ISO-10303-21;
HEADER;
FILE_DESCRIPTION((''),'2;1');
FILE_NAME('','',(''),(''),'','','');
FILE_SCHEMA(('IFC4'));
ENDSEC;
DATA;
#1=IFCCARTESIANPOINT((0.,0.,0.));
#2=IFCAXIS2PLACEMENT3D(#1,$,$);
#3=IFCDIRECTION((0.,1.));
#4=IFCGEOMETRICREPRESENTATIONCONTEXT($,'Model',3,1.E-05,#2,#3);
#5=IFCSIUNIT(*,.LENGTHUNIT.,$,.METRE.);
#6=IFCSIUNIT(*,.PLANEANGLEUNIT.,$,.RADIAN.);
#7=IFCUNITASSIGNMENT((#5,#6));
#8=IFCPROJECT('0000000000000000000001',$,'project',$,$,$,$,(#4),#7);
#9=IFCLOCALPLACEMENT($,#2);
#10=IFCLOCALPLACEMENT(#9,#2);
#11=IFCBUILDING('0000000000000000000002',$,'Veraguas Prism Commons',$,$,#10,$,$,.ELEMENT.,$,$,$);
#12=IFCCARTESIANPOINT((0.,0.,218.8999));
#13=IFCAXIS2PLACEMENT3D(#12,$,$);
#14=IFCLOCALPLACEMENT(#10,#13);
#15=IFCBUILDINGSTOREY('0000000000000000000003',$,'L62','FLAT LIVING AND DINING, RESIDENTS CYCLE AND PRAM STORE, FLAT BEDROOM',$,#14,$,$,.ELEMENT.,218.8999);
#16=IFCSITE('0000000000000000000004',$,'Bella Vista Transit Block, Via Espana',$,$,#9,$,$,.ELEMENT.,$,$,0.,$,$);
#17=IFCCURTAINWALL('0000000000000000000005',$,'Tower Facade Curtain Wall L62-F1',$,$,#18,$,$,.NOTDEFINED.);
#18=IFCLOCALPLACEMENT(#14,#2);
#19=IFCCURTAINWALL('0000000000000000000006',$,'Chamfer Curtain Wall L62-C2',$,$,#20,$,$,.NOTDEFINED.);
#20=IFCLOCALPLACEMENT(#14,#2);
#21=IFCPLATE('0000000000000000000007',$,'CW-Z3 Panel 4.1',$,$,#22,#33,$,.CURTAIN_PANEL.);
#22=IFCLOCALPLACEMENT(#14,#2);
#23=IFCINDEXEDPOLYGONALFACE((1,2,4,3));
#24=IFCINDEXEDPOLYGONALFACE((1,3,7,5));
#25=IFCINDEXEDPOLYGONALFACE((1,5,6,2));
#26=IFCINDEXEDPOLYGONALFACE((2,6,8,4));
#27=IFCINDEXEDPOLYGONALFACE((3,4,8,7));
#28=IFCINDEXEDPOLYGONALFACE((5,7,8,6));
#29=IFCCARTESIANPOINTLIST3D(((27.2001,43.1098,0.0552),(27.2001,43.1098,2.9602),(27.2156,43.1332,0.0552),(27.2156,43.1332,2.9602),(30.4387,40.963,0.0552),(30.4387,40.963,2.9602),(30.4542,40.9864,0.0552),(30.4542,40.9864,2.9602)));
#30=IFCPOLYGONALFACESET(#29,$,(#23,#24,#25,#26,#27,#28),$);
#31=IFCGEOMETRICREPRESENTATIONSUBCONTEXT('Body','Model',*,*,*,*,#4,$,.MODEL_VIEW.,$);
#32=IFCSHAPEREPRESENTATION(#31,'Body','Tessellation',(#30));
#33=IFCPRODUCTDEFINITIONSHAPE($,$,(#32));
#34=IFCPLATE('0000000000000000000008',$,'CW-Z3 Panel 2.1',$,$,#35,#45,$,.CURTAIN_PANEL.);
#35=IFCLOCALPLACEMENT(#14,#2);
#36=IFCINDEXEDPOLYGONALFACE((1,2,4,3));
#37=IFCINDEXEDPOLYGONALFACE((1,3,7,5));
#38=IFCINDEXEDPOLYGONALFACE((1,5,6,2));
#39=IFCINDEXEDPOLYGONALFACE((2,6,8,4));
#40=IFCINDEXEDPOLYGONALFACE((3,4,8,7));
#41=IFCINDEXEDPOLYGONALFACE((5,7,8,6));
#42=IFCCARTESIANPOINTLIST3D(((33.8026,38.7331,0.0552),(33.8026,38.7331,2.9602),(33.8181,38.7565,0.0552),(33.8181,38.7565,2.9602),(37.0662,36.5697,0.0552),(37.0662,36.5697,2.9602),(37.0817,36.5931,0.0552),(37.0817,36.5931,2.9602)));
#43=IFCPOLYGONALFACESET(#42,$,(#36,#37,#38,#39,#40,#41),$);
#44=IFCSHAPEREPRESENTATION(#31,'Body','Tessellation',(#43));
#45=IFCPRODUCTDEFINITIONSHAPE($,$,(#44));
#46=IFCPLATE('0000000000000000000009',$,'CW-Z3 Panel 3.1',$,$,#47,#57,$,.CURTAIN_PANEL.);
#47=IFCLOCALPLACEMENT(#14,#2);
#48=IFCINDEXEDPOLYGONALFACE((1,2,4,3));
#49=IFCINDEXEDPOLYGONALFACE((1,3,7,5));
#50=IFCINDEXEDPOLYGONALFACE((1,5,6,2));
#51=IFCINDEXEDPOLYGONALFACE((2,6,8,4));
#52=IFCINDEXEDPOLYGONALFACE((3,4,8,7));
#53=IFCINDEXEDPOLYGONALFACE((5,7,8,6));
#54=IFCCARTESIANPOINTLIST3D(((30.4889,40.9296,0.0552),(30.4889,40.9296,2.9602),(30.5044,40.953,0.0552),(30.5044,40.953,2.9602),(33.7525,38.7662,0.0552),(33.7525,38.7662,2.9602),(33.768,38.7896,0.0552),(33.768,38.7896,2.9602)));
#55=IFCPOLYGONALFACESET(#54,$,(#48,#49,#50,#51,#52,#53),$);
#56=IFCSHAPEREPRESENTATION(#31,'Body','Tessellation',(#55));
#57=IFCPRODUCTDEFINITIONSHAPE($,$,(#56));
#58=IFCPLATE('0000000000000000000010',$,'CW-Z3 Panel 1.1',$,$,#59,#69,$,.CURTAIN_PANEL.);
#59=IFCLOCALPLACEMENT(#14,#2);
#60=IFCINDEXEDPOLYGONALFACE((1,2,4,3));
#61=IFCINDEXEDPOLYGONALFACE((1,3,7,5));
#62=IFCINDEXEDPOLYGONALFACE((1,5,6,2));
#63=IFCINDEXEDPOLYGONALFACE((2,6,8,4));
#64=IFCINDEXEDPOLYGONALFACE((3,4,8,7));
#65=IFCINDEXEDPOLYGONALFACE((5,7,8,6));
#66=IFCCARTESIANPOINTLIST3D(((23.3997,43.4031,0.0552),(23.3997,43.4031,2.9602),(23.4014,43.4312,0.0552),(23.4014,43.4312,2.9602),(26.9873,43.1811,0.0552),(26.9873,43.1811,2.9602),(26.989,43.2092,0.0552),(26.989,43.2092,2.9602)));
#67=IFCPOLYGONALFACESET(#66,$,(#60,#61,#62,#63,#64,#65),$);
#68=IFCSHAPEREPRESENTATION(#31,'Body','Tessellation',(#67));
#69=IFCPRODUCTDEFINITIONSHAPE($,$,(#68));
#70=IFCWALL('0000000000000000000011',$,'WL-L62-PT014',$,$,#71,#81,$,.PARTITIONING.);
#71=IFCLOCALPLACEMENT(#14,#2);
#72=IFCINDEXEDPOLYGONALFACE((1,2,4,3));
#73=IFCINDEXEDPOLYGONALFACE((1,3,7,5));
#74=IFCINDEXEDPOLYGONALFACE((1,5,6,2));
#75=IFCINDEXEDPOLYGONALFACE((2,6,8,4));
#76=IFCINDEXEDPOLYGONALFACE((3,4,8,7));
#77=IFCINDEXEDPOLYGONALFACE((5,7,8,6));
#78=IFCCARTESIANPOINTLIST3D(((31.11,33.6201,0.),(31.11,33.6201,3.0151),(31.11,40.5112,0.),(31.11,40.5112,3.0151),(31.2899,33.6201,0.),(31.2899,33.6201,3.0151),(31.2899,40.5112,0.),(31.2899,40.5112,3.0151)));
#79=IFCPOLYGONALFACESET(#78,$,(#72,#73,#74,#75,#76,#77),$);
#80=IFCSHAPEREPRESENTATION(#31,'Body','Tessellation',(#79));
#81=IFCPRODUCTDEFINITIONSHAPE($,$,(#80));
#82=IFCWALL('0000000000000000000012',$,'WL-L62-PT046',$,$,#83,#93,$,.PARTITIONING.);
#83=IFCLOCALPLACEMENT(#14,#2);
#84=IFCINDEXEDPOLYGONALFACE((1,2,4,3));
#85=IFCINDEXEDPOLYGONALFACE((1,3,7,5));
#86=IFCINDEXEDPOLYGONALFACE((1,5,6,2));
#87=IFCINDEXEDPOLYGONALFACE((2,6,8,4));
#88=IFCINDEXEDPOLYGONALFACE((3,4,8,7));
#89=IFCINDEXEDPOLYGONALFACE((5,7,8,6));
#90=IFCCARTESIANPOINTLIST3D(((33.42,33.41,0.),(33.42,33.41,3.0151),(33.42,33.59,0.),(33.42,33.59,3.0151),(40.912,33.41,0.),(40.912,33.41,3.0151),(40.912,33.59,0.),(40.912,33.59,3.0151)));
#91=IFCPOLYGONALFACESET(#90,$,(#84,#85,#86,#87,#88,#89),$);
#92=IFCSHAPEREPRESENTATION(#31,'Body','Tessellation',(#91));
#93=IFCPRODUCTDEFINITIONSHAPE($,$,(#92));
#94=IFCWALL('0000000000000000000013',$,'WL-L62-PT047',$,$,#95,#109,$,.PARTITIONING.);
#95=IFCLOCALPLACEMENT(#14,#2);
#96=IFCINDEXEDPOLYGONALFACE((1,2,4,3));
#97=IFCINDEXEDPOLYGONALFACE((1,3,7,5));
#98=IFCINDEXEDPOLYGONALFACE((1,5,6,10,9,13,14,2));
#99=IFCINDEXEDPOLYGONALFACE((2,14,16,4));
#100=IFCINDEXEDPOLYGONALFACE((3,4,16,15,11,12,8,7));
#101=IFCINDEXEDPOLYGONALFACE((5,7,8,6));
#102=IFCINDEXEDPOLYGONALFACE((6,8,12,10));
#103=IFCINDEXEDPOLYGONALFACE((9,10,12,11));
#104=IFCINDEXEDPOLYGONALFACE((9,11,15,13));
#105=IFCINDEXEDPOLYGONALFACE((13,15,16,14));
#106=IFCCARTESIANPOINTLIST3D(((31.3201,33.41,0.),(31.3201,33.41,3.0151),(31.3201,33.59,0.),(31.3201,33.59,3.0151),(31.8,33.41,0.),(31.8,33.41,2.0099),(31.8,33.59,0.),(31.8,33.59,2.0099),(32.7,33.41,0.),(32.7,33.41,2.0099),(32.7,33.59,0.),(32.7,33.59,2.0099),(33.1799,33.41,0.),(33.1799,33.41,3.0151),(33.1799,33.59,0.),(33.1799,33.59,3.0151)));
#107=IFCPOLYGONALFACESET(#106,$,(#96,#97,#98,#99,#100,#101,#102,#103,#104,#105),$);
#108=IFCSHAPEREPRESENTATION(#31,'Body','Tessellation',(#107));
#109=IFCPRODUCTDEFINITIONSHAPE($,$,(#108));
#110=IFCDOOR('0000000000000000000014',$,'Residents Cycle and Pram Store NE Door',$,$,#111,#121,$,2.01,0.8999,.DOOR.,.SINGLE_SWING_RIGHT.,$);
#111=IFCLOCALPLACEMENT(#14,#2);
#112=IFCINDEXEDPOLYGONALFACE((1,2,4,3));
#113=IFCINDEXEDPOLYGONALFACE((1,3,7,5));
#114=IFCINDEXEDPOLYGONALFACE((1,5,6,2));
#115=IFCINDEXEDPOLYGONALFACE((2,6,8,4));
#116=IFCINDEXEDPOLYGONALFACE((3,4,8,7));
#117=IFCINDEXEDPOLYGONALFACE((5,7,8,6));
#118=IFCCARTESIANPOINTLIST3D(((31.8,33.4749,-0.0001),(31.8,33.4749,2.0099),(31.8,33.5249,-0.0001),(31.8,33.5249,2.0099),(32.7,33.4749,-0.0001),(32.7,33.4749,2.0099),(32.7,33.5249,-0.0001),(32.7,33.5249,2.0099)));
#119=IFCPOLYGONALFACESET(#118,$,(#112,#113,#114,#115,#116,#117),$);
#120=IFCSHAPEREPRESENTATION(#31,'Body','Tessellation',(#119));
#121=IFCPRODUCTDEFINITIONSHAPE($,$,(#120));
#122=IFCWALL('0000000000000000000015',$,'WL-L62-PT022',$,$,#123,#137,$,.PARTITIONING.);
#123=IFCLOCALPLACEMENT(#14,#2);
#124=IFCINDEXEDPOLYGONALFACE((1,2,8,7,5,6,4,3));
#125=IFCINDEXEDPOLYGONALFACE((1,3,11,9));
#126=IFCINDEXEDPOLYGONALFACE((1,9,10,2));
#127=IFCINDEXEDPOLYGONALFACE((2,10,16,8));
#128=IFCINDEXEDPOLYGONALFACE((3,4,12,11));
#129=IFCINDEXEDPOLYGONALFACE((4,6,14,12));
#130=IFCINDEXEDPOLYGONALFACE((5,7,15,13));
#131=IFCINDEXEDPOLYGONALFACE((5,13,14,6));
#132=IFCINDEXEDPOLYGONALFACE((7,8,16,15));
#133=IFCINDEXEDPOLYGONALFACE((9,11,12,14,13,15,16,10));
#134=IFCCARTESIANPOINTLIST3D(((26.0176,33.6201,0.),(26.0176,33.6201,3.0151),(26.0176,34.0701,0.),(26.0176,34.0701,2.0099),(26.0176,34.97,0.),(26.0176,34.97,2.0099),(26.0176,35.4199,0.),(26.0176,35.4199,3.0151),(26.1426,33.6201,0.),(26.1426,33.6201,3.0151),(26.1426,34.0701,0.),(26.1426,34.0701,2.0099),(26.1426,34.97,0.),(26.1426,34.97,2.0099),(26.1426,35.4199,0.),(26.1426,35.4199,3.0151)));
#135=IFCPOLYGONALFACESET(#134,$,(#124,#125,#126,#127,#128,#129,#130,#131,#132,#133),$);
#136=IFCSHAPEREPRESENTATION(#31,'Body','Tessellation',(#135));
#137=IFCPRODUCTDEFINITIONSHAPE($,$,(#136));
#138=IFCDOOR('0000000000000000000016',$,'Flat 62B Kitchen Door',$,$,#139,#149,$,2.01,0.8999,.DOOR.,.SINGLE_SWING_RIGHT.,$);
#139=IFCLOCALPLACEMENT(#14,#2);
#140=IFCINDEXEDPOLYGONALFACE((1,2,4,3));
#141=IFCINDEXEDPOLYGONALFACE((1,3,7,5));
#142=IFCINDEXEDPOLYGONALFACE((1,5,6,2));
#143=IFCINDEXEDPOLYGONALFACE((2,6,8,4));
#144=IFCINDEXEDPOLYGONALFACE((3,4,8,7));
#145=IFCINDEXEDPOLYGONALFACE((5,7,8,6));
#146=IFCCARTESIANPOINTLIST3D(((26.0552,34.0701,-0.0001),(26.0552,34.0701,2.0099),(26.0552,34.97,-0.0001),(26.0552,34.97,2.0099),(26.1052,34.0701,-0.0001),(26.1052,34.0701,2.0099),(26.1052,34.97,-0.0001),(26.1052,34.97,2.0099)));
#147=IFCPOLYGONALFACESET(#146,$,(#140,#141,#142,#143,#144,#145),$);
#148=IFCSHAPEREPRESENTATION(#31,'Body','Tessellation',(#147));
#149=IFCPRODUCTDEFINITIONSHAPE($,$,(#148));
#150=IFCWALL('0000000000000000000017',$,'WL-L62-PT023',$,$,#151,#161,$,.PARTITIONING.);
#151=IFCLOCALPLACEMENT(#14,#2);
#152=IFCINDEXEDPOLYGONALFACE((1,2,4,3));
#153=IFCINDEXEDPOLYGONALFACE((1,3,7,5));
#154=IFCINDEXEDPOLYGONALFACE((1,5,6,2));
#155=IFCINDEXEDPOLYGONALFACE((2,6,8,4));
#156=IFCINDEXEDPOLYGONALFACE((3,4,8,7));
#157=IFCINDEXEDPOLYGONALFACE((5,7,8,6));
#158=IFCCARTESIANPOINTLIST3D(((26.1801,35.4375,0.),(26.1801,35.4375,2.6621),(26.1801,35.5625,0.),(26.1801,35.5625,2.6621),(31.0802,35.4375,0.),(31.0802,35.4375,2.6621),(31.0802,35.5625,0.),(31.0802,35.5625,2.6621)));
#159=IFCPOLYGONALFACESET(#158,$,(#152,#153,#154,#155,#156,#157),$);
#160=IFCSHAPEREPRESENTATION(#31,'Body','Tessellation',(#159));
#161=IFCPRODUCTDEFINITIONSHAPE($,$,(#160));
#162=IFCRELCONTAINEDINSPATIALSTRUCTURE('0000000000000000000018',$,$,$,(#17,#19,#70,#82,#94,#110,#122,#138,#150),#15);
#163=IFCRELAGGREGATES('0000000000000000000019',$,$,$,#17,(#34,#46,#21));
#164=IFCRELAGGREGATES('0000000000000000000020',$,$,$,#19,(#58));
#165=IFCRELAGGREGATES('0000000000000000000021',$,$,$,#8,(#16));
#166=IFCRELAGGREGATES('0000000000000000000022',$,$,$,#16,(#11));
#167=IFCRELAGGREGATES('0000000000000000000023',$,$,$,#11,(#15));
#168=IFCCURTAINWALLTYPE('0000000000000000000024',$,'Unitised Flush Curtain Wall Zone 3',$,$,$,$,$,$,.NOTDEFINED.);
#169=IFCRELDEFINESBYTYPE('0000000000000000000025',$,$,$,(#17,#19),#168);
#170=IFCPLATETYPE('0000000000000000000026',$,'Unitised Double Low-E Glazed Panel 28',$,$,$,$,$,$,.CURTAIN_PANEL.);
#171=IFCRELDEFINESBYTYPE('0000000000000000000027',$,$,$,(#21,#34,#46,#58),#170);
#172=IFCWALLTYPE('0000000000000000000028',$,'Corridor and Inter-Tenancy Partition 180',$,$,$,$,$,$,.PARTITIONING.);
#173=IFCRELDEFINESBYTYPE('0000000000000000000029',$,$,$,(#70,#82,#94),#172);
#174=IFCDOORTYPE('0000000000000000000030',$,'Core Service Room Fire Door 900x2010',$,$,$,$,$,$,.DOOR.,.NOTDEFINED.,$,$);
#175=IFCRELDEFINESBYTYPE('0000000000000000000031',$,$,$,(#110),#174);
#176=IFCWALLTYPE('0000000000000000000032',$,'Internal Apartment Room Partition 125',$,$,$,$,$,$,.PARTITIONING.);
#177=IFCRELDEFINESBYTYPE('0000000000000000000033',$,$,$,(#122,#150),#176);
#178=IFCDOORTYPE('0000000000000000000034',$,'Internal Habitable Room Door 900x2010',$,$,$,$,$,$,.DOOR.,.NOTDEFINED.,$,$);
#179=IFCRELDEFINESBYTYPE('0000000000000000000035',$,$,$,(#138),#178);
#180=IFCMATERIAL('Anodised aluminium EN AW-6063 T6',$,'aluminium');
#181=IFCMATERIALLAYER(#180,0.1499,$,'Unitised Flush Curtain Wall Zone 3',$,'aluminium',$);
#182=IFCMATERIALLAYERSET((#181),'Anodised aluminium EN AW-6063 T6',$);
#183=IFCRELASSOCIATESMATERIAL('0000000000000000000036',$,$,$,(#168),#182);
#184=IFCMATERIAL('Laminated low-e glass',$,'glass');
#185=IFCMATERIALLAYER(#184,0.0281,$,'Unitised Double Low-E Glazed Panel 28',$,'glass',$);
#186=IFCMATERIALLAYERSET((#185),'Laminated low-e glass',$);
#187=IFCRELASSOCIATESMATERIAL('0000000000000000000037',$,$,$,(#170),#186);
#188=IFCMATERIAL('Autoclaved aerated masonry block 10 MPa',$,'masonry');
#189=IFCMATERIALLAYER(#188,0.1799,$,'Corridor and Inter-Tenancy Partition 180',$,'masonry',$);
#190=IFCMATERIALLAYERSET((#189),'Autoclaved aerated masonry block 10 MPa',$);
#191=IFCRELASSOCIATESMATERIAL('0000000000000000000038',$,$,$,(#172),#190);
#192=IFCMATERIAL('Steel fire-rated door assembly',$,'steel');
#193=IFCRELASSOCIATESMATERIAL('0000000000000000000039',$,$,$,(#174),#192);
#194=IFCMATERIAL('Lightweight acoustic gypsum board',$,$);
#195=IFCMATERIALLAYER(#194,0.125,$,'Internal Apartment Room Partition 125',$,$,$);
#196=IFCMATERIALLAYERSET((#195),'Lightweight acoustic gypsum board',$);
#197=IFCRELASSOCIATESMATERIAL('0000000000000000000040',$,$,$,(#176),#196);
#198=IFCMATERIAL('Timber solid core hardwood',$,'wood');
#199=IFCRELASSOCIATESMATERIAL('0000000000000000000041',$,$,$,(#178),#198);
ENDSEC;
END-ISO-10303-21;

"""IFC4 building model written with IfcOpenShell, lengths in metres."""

from ifc_helpers import new_model, si_unit, direction, frame, frame_2d, origin, origin_2d, place, context, subcontext, project, spatial, rectangle, extrude, source, transform, mapped, material, layer, layer_set, type_object, element, fill, aggregate, save


model = new_model("IFC4")

# Units and contexts
model_context = context("Model", 3, precision=1e-05, world=origin(), true_north=direction((0.0, 1.0)))
body_context = subcontext(model_context, "Body", "Model", "MODEL_VIEW")
ifc_project = project(units=[si_unit("LENGTHUNIT", "METRE"), si_unit("PLANEANGLEUNIT", "RADIAN")], contexts=[model_context])

# Site, building, storey
site_placement = place(None, origin())
site = spatial("IfcSite", under=ifc_project, at=site_placement, Name="Bella Vista Transit Block, Via Espana", CompositionType="ELEMENT", RefElevation=0.0)
building_placement = place(site_placement, origin())
building = spatial("IfcBuilding", under=site, at=building_placement, Name="Veraguas Prism Commons", CompositionType="ELEMENT")
storey_placement = place(building_placement, frame((0.0, 0.0, 218.8999)))
storey = spatial("IfcBuildingStorey", under=building, at=storey_placement, Name="L62", Description="FLAT LIVING AND DINING, RESIDENTS CYCLE AND PRAM STORE, FLAT BEDROOM", CompositionType="ELEMENT", Elevation=218.8999)

# Curtain walls
ifc_material_1 = material(Name="Anodised aluminium EN AW-6063 T6", Category="aluminium")
ifc_layer_1 = layer(ifc_material_1, 0.1499, Name="Unitised Flush Curtain Wall Zone 3", Category="aluminium")
ifc_layer_set_1 = layer_set([ifc_layer_1], Name="Anodised aluminium EN AW-6063 T6")
curtain_wall_type = type_object("IfcCurtainWallType", Name="Unitised Flush Curtain Wall Zone 3", PredefinedType="NOTDEFINED", material=ifc_layer_set_1)
curtain_wall_1_placement = place(storey_placement, origin())
curtain_wall_1 = element("IfcCurtainWall", 1, at=curtain_wall_1_placement, inside=storey, type_object=curtain_wall_type, Name="Tower Facade Curtain Wall L62-F1", PredefinedType="NOTDEFINED")
curtain_wall_2_placement = place(storey_placement, origin())
curtain_wall_2 = element("IfcCurtainWall", 2, at=curtain_wall_2_placement, inside=storey, type_object=curtain_wall_type, Name="Chamfer Curtain Wall L62-C2", PredefinedType="NOTDEFINED")

# Plates
ifc_material_2 = material(Name="Laminated low-e glass", Category="glass")
ifc_layer_2 = layer(ifc_material_2, 0.0281, Name="Unitised Double Low-E Glazed Panel 28", Category="glass")
ifc_layer_set_2 = layer_set([ifc_layer_2], Name="Laminated low-e glass")
plate_type = type_object("IfcPlateType", Name="Unitised Double Low-E Glazed Panel 28", PredefinedType="CURTAIN_PANEL", material=ifc_layer_set_2)
shared_shape_1 = source(origin(), body_context, "Body", "SweptSolid", [
    extrude(rectangle(XDim=3.8855, YDim=0.0281, at=origin_2d()), origin(), (0.0, 0.0, 1.0), 2.905),
])
plate_1_placement = place(storey_placement, frame((28.8271, 42.0481, 0.0552), z_axis=(0.0, 0.0, 1.0), x_axis=(-0.833503, 0.552515, 0.0)))
plate_1 = element("IfcPlate", 3, at=plate_1_placement, type_object=plate_type, Name="CW-Z3 Panel 4.1", PredefinedType="CURTAIN_PANEL", context=body_context, shape_type="MappedRepresentation", body=[
    mapped(shared_shape_1, transform((0.0, 0.0, 0.0), scale=1.0)),
])
shared_shape_2 = source(origin(), body_context, "Body", "SweptSolid", [
    extrude(rectangle(XDim=3.9155, YDim=0.0281, at=origin_2d()), origin(), (0.0, 0.0, 1.0), 2.905),
])
plate_2_placement = place(storey_placement, frame((35.4421, 37.6631, 0.0552), z_axis=(0.0, 0.0, 1.0), x_axis=(-0.833503, 0.552515, 0.0)))
plate_2 = element("IfcPlate", 4, at=plate_2_placement, type_object=plate_type, Name="CW-Z3 Panel 2.1", PredefinedType="CURTAIN_PANEL", context=body_context, shape_type="MappedRepresentation", body=[
    mapped(shared_shape_2, transform((0.0, 0.0, 0.0), scale=1.0)),
])
plate_3_placement = place(storey_placement, frame((32.1284, 39.8596, 0.0552), z_axis=(0.0, 0.0, 1.0), x_axis=(-0.833503, 0.552515, 0.0)))
plate_3 = element("IfcPlate", 5, at=plate_3_placement, type_object=plate_type, Name="CW-Z3 Panel 3.1", PredefinedType="CURTAIN_PANEL", context=body_context, shape_type="MappedRepresentation", body=[
    mapped(shared_shape_2, transform((0.0, 0.0, 0.0), scale=1.0)),
])
aggregate(curtain_wall_1, [plate_2, plate_3, plate_1])
shared_shape_3 = source(origin(), body_context, "Body", "SweptSolid", [
    extrude(rectangle(XDim=3.5945, YDim=0.0281, at=origin_2d()), origin(), (0.0, 0.0, 1.0), 2.905),
])
plate_4_placement = place(storey_placement, frame((25.1943, 43.3062, 0.0552), z_axis=(0.0, 0.0, 1.0), x_axis=(-0.998091, 0.061759, 0.0)))
plate_4 = element("IfcPlate", 6, at=plate_4_placement, type_object=plate_type, Name="CW-Z3 Panel 1.1", PredefinedType="CURTAIN_PANEL", context=body_context, shape_type="MappedRepresentation", body=[
    mapped(shared_shape_3, transform((0.0, 0.0, 0.0), scale=1.0)),
])
aggregate(curtain_wall_2, [plate_4])

# Walls
ifc_material_3 = material(Name="Autoclaved aerated masonry block 10 MPa", Category="masonry")
ifc_layer_3 = layer(ifc_material_3, 0.1799, Name="Corridor and Inter-Tenancy Partition 180", Category="masonry")
ifc_layer_set_3 = layer_set([ifc_layer_3], Name="Autoclaved aerated masonry block 10 MPa")
wall_type_1 = type_object("IfcWallType", Name="Corridor and Inter-Tenancy Partition 180", PredefinedType="PARTITIONING", material=ifc_layer_set_3)
wall_1_placement = place(storey_placement, frame((31.2, 33.6201, 0.0), z_axis=(0.0, 0.0, 1.0), x_axis=(0.0, 1.0, 0.0)))
element("IfcWall", 7, at=wall_1_placement, inside=storey, type_object=wall_type_1, Name="WL-L62-PT014", PredefinedType="PARTITIONING", context=body_context, shape_type="SweptSolid", body=[
    extrude(rectangle(XDim=6.8911, YDim=0.1799, at=frame_2d((3.4456, 0.0))), origin(), (0.0, 0.0, 1.0), 3.0151),
])
wall_2_placement = place(storey_placement, frame((33.4199, 33.5, 0.0), z_axis=(0.0, 0.0, 1.0), x_axis=(1.0, 0.0, 0.0)))
element("IfcWall", 8, at=wall_2_placement, inside=storey, type_object=wall_type_1, Name="WL-L62-PT046", PredefinedType="PARTITIONING", context=body_context, shape_type="SweptSolid", body=[
    extrude(rectangle(XDim=7.4919, YDim=0.1799, at=frame_2d((3.7461, 0.0))), origin(), (0.0, 0.0, 1.0), 3.0151),
])

# Walls, openings, doors
wall_3_placement = place(storey_placement, frame((31.3201, 33.5, 0.0), z_axis=(0.0, 0.0, 1.0), x_axis=(1.0, 0.0, 0.0)))
wall_3 = element("IfcWall", 9, at=wall_3_placement, inside=storey, type_object=wall_type_1, Name="WL-L62-PT047", PredefinedType="PARTITIONING", context=body_context, shape_type="SweptSolid", body=[
    extrude(rectangle(XDim=1.8599, YDim=0.1799, at=frame_2d((0.9299, 0.0))), origin(), (0.0, 0.0, 1.0), 3.0151),
])
opening_1_placement = place(wall_3_placement, frame((0.48, 0.0, 0.0)))
opening_1 = element("IfcOpeningElement", 10, at=opening_1_placement, cuts=wall_3, PredefinedType="OPENING", context=body_context, shape_type="SweptSolid", body=[
    extrude(rectangle(XDim=0.8999, YDim=2.01, at=frame_2d((0.45, 1.0049))), frame((0.0, 0.0999, 0.0), z_axis=(0.0, -1.0, 0.0), x_axis=(1.0, 0.0, 0.0)), (0.0, 0.0, 1.0), 0.2),
])
ifc_material_4 = material(Name="Steel fire-rated door assembly", Category="steel")
door_type_1 = type_object("IfcDoorType", Name="Core Service Room Fire Door 900x2010", OperationType="NOTDEFINED", PredefinedType="DOOR", material=ifc_material_4)
shared_shape_4 = source(origin(), body_context, "Body", "SweptSolid", [
    extrude(rectangle(XDim=0.8999, YDim=2.01, at=frame_2d((0.45, 1.0049))), frame((0.0, 0.0249, 0.0), z_axis=(0.0, -1.0, 0.0), x_axis=(1.0, 0.0, 0.0)), (0.0, 0.0, 1.0), 0.05),
])
door_1_placement = place(opening_1_placement, origin())
door_1 = element("IfcDoor", 11, at=door_1_placement, inside=storey, type_object=door_type_1, Name="Residents Cycle and Pram Store NE Door", OperationType="SINGLE_SWING_RIGHT", OverallHeight=2.01, OverallWidth=0.8999, PredefinedType="DOOR", context=body_context, shape_type="MappedRepresentation", body=[
    mapped(shared_shape_4, transform((0.0, 0.0, 0.0), scale=1.0)),
])
fill(opening_1, door_1)
ifc_material_5 = material(Name="Lightweight acoustic gypsum board")
ifc_layer_4 = layer(ifc_material_5, 0.125, Name="Internal Apartment Room Partition 125")
ifc_layer_set_4 = layer_set([ifc_layer_4], Name="Lightweight acoustic gypsum board")
wall_type_2 = type_object("IfcWallType", Name="Internal Apartment Room Partition 125", PredefinedType="PARTITIONING", material=ifc_layer_set_4)
wall_4_placement = place(storey_placement, frame((26.0801, 33.6201, 0.0), z_axis=(0.0, 0.0, 1.0), x_axis=(0.0, 1.0, 0.0)))
wall_4 = element("IfcWall", 12, at=wall_4_placement, inside=storey, type_object=wall_type_2, Name="WL-L62-PT022", PredefinedType="PARTITIONING", context=body_context, shape_type="SweptSolid", body=[
    extrude(rectangle(XDim=1.7998, YDim=0.125, at=frame_2d((0.8999, 0.0))), origin(), (0.0, 0.0, 1.0), 3.0151),
])
opening_2_placement = place(wall_4_placement, frame((0.45, 0.0, 0.0)))
opening_2 = element("IfcOpeningElement", 13, at=opening_2_placement, cuts=wall_4, PredefinedType="OPENING", context=body_context, shape_type="SweptSolid", body=[
    extrude(rectangle(XDim=0.8999, YDim=2.01, at=frame_2d((0.45, 1.0049))), frame((0.0, 0.0725, 0.0), z_axis=(0.0, -1.0, 0.0), x_axis=(1.0, 0.0, 0.0)), (0.0, 0.0, 1.0), 0.145),
])
ifc_material_6 = material(Name="Timber solid core hardwood", Category="wood")
door_type_2 = type_object("IfcDoorType", Name="Internal Habitable Room Door 900x2010", OperationType="NOTDEFINED", PredefinedType="DOOR", material=ifc_material_6)
door_2_placement = place(opening_2_placement, origin())
door_2 = element("IfcDoor", 14, at=door_2_placement, inside=storey, type_object=door_type_2, Name="Flat 62B Kitchen Door", OperationType="SINGLE_SWING_RIGHT", OverallHeight=2.01, OverallWidth=0.8999, PredefinedType="DOOR", context=body_context, shape_type="MappedRepresentation", body=[
    mapped(shared_shape_4, transform((0.0, 0.0, 0.0), scale=1.0)),
])
fill(opening_2, door_2)

# Wall
wall_5_placement = place(storey_placement, frame((26.1799, 35.5, 0.0), z_axis=(0.0, 0.0, 1.0), x_axis=(1.0, 0.0, 0.0)))
element("IfcWall", 15, at=wall_5_placement, inside=storey, type_object=wall_type_2, Name="WL-L62-PT023", PredefinedType="PARTITIONING", context=body_context, shape_type="SweptSolid", body=[
    extrude(rectangle(XDim=4.9001, YDim=0.125, at=frame_2d((2.4502, 0.0))), origin(), (0.0, 0.0, 1.0), 2.6621),
])

save(model, "model.ifc")
